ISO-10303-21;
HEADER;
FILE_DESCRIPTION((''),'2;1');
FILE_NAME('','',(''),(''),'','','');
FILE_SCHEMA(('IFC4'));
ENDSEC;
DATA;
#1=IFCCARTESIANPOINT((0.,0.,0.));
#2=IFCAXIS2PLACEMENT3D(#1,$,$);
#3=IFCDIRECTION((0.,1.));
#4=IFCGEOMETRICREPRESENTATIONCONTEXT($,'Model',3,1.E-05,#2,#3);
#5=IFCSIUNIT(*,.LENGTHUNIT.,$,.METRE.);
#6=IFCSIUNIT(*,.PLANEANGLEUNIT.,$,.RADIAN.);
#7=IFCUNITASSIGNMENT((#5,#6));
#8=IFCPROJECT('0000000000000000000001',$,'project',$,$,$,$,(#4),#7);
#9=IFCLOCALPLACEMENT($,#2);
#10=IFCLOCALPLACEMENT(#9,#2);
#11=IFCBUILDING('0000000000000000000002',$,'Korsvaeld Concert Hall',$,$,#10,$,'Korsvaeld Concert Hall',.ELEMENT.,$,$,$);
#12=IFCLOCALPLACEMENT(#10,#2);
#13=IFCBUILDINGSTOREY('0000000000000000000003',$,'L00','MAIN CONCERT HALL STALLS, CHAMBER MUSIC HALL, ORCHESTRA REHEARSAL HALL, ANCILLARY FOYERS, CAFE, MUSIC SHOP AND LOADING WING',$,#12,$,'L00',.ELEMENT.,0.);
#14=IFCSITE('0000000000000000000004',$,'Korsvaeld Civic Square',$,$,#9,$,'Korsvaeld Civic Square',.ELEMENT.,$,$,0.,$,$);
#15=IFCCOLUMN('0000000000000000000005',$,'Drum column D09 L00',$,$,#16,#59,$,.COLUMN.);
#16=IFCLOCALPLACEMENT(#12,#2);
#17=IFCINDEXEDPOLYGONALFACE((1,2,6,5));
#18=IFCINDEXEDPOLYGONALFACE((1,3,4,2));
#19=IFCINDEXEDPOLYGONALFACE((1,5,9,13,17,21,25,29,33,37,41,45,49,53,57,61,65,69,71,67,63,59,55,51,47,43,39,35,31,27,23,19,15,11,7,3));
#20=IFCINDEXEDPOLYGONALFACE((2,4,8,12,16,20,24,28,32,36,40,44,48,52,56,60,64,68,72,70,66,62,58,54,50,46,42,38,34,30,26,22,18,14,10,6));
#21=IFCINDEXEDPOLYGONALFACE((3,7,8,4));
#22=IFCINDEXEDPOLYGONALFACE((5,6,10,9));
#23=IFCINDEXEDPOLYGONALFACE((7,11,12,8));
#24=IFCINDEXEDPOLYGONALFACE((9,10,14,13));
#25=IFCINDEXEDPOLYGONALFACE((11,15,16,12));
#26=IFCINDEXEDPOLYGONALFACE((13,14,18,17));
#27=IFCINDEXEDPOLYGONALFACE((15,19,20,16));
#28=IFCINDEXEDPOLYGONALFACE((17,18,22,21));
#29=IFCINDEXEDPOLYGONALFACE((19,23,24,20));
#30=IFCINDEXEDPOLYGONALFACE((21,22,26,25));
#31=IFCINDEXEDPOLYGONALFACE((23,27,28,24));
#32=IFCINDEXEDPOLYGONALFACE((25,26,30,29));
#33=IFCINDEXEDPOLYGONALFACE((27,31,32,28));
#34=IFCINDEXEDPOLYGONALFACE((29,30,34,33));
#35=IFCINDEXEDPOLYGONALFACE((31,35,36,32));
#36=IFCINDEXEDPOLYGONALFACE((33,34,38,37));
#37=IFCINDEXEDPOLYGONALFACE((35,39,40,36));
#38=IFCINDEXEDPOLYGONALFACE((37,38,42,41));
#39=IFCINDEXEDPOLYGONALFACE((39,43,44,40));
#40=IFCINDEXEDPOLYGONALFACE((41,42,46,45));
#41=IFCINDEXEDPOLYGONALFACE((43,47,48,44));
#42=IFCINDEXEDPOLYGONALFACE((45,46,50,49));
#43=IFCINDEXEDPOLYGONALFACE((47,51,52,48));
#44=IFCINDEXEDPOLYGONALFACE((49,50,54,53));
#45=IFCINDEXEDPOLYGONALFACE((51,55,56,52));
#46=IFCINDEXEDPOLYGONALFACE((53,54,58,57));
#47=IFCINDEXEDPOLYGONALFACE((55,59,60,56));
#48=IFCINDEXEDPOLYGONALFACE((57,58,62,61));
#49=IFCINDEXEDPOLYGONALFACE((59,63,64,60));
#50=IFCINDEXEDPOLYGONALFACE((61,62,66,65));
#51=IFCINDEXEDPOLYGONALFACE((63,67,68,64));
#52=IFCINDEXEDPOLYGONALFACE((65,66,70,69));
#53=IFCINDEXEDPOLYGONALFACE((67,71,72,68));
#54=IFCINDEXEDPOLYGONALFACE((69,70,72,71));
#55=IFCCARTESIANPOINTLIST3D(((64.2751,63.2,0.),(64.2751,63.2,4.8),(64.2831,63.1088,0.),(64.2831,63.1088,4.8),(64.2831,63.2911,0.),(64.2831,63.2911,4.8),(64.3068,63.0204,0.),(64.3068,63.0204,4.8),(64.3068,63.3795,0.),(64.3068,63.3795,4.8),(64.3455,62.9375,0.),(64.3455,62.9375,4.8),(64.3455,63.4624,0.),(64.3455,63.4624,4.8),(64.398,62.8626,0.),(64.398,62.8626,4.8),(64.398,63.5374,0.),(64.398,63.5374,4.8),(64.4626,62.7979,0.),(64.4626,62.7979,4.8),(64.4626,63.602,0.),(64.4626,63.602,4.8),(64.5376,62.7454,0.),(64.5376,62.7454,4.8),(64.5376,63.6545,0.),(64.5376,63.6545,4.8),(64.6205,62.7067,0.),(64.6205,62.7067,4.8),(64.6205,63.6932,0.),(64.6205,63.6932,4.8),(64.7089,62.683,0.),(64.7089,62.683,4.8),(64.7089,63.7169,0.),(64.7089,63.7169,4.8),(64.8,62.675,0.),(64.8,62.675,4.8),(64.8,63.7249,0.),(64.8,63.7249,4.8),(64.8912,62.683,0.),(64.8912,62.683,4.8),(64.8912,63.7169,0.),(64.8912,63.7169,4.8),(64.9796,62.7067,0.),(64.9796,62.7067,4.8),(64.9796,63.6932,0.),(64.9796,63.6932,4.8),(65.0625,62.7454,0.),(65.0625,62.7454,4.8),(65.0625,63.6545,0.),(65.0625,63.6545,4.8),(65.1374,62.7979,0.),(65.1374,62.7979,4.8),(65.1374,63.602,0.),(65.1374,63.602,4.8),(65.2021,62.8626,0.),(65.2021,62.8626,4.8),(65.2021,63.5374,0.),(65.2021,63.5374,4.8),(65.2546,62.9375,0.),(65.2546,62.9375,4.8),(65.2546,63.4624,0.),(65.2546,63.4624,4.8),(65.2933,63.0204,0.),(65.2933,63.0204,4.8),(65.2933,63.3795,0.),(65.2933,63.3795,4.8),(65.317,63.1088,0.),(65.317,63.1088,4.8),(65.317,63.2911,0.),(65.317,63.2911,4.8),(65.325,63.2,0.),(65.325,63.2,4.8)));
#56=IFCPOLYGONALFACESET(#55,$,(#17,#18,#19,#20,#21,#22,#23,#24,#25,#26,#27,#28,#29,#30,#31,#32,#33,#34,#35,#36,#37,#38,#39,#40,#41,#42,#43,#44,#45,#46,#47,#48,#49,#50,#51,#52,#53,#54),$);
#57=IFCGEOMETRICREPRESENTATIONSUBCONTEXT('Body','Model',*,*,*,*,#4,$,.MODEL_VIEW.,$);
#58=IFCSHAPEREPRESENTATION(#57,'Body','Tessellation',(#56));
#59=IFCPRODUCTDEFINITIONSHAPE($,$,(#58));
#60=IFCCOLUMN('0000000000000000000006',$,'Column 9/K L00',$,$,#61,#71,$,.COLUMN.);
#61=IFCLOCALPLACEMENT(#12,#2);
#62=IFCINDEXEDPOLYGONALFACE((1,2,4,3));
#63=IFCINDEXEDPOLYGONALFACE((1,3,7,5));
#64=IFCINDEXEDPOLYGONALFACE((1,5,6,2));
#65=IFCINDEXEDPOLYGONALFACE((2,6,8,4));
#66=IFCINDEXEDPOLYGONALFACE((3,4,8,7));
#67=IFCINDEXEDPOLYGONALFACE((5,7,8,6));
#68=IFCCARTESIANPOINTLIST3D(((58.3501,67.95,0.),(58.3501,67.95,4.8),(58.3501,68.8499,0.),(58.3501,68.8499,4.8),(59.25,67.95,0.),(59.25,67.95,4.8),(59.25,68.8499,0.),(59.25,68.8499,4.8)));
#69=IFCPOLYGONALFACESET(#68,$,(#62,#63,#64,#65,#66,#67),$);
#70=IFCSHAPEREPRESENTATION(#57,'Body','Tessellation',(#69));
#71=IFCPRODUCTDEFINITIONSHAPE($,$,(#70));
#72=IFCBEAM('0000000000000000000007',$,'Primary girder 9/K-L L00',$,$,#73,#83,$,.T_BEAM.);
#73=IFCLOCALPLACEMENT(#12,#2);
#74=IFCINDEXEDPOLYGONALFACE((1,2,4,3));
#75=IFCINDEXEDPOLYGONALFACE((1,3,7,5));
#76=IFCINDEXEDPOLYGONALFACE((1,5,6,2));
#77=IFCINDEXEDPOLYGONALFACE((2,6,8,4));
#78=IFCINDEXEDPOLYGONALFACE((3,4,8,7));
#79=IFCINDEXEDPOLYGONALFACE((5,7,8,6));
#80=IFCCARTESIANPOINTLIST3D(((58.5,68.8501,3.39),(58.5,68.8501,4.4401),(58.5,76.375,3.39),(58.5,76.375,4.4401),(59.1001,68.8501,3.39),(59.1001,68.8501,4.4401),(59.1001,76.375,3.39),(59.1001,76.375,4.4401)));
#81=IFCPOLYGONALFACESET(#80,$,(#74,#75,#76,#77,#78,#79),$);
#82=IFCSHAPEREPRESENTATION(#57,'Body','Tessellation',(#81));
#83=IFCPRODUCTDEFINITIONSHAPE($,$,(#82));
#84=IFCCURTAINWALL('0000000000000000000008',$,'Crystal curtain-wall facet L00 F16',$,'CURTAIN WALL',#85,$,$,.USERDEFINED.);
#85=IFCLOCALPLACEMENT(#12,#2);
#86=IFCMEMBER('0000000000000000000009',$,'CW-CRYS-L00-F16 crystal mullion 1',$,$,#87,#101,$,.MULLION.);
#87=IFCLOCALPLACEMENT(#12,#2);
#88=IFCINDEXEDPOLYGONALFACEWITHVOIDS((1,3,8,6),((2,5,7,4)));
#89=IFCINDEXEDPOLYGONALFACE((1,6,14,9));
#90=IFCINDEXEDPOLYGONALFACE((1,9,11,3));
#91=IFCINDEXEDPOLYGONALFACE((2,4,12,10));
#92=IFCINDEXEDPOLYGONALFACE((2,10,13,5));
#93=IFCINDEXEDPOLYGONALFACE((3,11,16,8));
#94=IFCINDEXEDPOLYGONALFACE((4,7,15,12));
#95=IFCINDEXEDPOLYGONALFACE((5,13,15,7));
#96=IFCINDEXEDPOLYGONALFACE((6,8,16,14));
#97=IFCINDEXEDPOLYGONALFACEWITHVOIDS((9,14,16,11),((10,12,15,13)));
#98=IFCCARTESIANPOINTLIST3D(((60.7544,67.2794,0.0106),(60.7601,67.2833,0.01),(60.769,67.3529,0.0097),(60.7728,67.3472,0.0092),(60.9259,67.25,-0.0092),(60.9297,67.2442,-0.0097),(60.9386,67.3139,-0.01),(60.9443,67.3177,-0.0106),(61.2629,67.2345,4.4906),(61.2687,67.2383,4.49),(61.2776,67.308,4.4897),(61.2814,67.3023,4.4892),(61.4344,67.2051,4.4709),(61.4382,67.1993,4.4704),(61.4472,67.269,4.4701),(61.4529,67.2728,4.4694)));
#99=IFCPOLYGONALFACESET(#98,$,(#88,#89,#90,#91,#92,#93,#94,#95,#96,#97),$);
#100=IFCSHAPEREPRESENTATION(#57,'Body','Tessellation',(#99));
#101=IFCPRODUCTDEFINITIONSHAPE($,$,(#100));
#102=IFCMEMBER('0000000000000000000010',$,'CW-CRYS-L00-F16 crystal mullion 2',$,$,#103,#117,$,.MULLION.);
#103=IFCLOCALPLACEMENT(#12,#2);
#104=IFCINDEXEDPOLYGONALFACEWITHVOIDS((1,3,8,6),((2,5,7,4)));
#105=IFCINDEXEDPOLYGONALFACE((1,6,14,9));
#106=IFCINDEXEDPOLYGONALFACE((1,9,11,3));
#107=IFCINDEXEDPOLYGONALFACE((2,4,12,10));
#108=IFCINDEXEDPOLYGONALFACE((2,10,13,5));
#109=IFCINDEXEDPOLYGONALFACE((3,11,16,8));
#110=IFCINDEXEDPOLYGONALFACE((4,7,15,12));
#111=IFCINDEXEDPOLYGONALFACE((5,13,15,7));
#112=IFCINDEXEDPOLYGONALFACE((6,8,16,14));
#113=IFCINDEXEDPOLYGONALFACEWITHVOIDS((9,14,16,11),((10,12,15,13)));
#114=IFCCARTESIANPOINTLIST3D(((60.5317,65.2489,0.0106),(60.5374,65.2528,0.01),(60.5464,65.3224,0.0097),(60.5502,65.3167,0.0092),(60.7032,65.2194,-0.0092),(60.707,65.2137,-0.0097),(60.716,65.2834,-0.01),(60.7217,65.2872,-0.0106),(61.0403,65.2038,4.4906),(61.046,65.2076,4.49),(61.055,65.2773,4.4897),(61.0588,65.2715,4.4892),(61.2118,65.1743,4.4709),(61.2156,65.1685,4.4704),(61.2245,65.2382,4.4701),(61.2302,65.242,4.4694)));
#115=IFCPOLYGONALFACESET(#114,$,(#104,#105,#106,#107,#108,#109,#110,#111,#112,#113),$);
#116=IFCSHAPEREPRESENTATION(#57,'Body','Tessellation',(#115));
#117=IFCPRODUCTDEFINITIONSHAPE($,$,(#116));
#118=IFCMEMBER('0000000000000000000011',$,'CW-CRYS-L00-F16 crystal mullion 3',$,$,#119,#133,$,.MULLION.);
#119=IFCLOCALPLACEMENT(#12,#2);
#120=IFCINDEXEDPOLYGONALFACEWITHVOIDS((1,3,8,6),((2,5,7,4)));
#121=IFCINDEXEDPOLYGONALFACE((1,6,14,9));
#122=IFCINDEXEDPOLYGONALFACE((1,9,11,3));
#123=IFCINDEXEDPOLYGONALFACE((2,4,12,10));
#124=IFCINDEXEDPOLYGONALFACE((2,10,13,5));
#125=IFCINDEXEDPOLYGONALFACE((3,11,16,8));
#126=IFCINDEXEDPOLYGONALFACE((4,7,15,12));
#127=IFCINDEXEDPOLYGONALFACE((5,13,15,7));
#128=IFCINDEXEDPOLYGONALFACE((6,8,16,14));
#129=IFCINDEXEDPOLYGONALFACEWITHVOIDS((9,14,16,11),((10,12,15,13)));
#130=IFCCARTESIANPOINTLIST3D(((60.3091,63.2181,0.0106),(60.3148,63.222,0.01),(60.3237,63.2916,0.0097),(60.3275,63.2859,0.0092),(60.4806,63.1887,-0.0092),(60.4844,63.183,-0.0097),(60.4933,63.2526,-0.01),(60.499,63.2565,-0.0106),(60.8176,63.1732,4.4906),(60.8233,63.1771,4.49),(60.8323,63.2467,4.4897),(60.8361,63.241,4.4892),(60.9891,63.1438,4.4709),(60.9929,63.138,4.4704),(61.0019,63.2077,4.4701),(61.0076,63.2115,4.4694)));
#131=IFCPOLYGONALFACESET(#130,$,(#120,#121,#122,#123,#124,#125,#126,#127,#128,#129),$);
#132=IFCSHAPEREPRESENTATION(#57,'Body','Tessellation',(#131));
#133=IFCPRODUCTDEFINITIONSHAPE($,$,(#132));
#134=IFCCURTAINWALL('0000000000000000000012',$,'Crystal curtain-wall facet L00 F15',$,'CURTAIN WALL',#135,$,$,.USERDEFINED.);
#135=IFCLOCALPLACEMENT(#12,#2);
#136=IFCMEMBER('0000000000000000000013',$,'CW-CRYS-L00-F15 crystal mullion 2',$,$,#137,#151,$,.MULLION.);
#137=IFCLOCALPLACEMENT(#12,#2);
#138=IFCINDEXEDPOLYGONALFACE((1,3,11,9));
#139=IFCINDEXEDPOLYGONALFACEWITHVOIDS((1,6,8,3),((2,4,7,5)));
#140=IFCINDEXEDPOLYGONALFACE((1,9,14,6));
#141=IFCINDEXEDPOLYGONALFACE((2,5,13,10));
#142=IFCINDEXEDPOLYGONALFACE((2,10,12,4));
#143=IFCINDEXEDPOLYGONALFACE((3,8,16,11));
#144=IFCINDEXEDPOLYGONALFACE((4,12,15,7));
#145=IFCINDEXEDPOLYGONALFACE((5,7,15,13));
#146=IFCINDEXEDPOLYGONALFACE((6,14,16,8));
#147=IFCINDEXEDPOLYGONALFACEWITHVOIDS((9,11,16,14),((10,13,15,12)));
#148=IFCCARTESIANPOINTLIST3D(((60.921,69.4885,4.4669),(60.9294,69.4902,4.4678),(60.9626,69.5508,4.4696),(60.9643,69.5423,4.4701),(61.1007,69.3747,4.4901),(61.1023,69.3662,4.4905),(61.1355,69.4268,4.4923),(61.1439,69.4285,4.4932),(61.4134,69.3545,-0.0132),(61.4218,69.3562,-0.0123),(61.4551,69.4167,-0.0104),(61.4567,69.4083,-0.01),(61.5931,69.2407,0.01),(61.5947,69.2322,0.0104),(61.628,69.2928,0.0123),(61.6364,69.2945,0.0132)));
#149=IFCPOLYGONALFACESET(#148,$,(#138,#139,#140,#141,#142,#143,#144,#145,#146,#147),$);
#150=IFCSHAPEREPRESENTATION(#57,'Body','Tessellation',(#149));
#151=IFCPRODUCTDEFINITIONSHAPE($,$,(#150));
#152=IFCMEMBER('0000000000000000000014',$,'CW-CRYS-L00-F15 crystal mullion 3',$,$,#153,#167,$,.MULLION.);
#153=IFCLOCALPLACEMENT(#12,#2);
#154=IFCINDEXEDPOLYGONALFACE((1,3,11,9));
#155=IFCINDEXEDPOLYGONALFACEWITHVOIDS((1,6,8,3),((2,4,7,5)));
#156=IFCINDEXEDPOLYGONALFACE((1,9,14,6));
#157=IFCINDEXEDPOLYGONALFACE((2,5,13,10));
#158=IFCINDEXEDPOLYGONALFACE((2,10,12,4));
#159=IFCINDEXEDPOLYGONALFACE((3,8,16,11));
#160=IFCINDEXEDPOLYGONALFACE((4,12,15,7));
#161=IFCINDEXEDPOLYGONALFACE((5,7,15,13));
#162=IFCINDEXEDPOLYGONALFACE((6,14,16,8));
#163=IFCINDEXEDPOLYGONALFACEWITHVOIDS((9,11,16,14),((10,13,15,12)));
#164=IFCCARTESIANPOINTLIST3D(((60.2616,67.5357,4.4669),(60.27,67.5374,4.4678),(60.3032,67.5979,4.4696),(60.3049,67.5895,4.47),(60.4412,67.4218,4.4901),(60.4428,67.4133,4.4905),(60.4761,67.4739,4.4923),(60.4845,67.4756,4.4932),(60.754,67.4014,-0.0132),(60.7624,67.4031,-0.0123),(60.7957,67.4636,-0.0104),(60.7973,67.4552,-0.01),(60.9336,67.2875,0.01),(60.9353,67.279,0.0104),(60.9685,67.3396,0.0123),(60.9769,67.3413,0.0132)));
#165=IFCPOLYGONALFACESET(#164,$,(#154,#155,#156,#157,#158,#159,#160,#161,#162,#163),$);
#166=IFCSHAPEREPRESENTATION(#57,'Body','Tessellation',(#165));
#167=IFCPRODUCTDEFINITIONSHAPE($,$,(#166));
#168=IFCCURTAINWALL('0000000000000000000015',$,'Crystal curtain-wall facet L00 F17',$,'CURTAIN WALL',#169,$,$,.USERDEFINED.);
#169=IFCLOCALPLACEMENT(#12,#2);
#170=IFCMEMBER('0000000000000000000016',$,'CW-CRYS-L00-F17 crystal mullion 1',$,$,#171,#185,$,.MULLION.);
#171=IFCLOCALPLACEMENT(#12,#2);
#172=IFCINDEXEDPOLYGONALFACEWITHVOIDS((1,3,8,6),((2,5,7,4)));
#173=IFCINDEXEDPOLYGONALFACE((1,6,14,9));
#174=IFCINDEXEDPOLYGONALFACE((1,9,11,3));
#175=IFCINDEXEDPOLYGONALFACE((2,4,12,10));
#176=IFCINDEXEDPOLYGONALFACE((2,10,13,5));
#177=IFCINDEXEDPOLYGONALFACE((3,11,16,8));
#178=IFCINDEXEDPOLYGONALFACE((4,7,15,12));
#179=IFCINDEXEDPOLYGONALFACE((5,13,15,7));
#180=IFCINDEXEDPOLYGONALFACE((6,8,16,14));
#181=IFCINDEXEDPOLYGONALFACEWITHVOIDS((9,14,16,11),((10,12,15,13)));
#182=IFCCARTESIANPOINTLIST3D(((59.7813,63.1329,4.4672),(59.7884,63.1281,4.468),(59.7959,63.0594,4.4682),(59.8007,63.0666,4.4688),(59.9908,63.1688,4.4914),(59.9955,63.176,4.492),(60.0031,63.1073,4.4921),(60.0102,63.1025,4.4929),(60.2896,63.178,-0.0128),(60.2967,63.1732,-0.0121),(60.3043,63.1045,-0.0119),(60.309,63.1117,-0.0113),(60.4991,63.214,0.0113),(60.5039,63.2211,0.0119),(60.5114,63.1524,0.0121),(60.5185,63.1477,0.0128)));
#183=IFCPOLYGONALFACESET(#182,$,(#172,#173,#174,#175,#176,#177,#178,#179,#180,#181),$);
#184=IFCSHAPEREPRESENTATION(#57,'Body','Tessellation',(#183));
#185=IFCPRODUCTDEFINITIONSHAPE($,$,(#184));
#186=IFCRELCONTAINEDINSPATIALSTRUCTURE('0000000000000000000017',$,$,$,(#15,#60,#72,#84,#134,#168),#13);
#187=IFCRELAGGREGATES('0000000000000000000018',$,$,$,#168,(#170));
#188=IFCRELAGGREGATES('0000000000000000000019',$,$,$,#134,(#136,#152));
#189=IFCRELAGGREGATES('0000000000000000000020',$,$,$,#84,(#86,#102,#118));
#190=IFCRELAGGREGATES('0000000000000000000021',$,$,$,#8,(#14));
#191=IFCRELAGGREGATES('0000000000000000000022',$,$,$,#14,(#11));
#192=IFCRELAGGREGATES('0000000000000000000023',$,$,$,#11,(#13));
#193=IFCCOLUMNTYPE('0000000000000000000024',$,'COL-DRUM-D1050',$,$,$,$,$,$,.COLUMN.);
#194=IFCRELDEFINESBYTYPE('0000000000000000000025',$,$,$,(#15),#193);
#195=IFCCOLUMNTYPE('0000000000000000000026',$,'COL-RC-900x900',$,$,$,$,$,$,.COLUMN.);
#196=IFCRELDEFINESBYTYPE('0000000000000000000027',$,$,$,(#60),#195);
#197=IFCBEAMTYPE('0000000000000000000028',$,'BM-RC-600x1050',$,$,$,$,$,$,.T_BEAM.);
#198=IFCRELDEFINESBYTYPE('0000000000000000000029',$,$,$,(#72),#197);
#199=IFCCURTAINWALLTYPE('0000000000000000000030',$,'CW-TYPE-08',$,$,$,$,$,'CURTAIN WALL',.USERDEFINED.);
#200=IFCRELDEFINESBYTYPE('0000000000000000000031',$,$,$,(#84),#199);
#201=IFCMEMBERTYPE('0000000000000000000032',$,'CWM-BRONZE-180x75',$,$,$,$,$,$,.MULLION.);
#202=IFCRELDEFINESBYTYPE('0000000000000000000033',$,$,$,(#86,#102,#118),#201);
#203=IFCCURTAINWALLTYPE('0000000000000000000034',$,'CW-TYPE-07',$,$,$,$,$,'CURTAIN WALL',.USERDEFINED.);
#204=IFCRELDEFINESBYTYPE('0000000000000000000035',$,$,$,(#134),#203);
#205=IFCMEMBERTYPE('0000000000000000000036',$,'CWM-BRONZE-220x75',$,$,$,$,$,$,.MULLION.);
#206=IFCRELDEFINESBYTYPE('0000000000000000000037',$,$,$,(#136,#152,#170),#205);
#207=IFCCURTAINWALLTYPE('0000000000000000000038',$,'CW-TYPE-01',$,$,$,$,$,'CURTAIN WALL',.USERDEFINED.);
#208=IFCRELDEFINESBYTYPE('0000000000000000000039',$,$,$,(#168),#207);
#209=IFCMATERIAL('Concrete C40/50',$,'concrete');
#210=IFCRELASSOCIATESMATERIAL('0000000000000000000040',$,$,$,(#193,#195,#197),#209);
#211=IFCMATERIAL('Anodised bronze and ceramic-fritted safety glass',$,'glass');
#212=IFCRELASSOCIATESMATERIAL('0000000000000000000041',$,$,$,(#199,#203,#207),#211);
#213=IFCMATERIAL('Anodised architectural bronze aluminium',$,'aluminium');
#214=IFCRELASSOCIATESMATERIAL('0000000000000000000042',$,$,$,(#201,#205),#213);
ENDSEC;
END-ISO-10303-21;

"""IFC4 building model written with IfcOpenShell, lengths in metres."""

from ifc_helpers import new_model, si_unit, direction, frame, origin, origin_2d, place, context, subcontext, project, spatial, rectangle, hollow_rectangle, circle, extrude, material, material_profile, profile_set, type_object, element, aggregate, save


model = new_model("IFC4")

# Units and contexts
model_context = context("Model", 3, precision=1e-05, world=origin(), true_north=direction((0.0, 1.0)))
body_context = subcontext(model_context, "Body", "Model", "MODEL_VIEW")
ifc_project = project(units=[si_unit("LENGTHUNIT", "METRE"), si_unit("PLANEANGLEUNIT", "RADIAN")], contexts=[model_context])

# Site, building, storey
site_placement = place(None, origin())
site = spatial("IfcSite", under=ifc_project, at=site_placement, Name="Korsvaeld Civic Square", LongName="Korsvaeld Civic Square", CompositionType="ELEMENT", RefElevation=0.0)
building_placement = place(site_placement, origin())
building = spatial("IfcBuilding", under=site, at=building_placement, Name="Korsvaeld Concert Hall", LongName="Korsvaeld Concert Hall", CompositionType="ELEMENT")
storey_placement = place(building_placement, origin())
storey = spatial("IfcBuildingStorey", under=building, at=storey_placement, Name="L00", Description="MAIN CONCERT HALL STALLS, CHAMBER MUSIC HALL, ORCHESTRA REHEARSAL HALL, ANCILLARY FOYERS, CAFE, MUSIC SHOP AND LOADING WING", LongName="L00", CompositionType="ELEMENT", Elevation=0.0)

# Columns
ifc_material_1 = material(Name="Concrete C40/50", Category="concrete")
ifc_material_profile_1 = material_profile(ifc_material_1, circle(Radius=0.5249, at=origin_2d()), Name="RC D1050")
ifc_profile_set_1 = profile_set([ifc_material_profile_1], Name="Concrete C40/50")
column_type_1 = type_object("IfcColumnType", Name="COL-DRUM-D1050", PredefinedType="COLUMN", material=ifc_profile_set_1)
column_1_placement = place(storey_placement, frame((64.8, 63.2, 0.0), z_axis=(0.0, 0.0, 1.0), x_axis=(1.0, 0.0, 0.0)))
element("IfcColumn", 1, at=column_1_placement, inside=storey, type_object=column_type_1, Name="Drum column D09 L00", PredefinedType="COLUMN", context=body_context, shape_type="SweptSolid", body=[
    extrude(circle(Radius=0.5249, at=origin_2d()), origin(), (0.0, 0.0, 1.0), 4.8),
])
ifc_material_profile_2 = material_profile(ifc_material_1, rectangle(XDim=0.8999, YDim=0.8999, at=origin_2d()), Name="RC 900x900")
ifc_profile_set_2 = profile_set([ifc_material_profile_2], Name="Concrete C40/50")
column_type_2 = type_object("IfcColumnType", Name="COL-RC-900x900", PredefinedType="COLUMN", material=ifc_profile_set_2)
column_2_placement = place(storey_placement, frame((58.8, 68.3999, 0.0), z_axis=(0.0, 0.0, 1.0), x_axis=(1.0, 0.0, 0.0)))
element("IfcColumn", 2, at=column_2_placement, inside=storey, type_object=column_type_2, Name="Column 9/K L00", PredefinedType="COLUMN", context=body_context, shape_type="SweptSolid", body=[
    extrude(rectangle(XDim=0.8999, YDim=0.8999, at=origin_2d()), origin(), (0.0, 0.0, 1.0), 4.8),
])

# Beam
ifc_material_profile_3 = material_profile(ifc_material_1, rectangle(XDim=0.6001, YDim=1.05, at=origin_2d()), Name="RC 600x1050")
ifc_profile_set_3 = profile_set([ifc_material_profile_3], Name="Concrete C40/50")
beam_type = type_object("IfcBeamType", Name="BM-RC-600x1050", PredefinedType="T_BEAM", material=ifc_profile_set_3)
beam_placement = place(storey_placement, frame((58.8, 68.8501, 3.915), z_axis=(0.0, 1.0, 0.0), x_axis=(-1.0, 0.0, 0.0)))
element("IfcBeam", 3, at=beam_placement, inside=storey, type_object=beam_type, Name="Primary girder 9/K-L L00", PredefinedType="T_BEAM", context=body_context, shape_type="SweptSolid", body=[
    extrude(rectangle(XDim=0.6001, YDim=1.05, at=origin_2d()), origin(), (0.0, 0.0, 1.0), 7.5249),
])

# Curtain walls, members
ifc_material_2 = material(Name="Anodised bronze and ceramic-fritted safety glass", Category="glass")
curtain_wall_type_1 = type_object("IfcCurtainWallType", Name="CW-TYPE-08", ElementType="CURTAIN WALL", PredefinedType="USERDEFINED", material=ifc_material_2)
curtain_wall_1_placement = place(storey_placement, origin())
curtain_wall_1 = element("IfcCurtainWall", 4, at=curtain_wall_1_placement, inside=storey, type_object=curtain_wall_type_1, Name="Crystal curtain-wall facet L00 F16", ObjectType="CURTAIN WALL", PredefinedType="USERDEFINED")
ifc_material_3 = material(Name="Anodised architectural bronze aluminium", Category="aluminium")
ifc_material_profile_4 = material_profile(ifc_material_3, hollow_rectangle(XDim=0.075, YDim=0.1799, WallThickness=0.0049, at=origin_2d()), Name="CWM 180x75x5")
ifc_profile_set_4 = profile_set([ifc_material_profile_4], Name="Anodised architectural bronze aluminium")
member_type_1 = type_object("IfcMemberType", Name="CWM-BRONZE-180x75", PredefinedType="MULLION", material=ifc_profile_set_4)
member_1_placement = place(storey_placement, frame((60.8494, 67.2986, 0.0), z_axis=(0.112785, -0.009963, 0.993569), x_axis=(0.195343, 0.980657, -0.012341)))
member_1 = element("IfcMember", 5, at=member_1_placement, type_object=member_type_1, Name="CW-CRYS-L00-F16 crystal mullion 1", PredefinedType="MULLION", context=body_context, shape_type="SweptSolid", body=[
    extrude(hollow_rectangle(XDim=0.075, YDim=0.1799, WallThickness=0.0049, at=origin_2d()), origin(), (0.0, 0.0, 1.0), 4.509),
])
member_2_placement = place(storey_placement, frame((60.6267, 65.2681, 0.0), z_axis=(0.112785, -0.010017, 0.993569), x_axis=(0.19581, 0.980564, -0.012342)))
member_2 = element("IfcMember", 6, at=member_2_placement, type_object=member_type_1, Name="CW-CRYS-L00-F16 crystal mullion 2", PredefinedType="MULLION", context=body_context, shape_type="SweptSolid", body=[
    extrude(hollow_rectangle(XDim=0.075, YDim=0.1799, WallThickness=0.0049, at=origin_2d()), origin(), (0.0, 0.0, 1.0), 4.509),
])
member_3_placement = place(storey_placement, frame((60.4041, 63.2373, 0.0), z_axis=(0.112785, -0.009963, 0.993569), x_axis=(0.195343, 0.980657, -0.012341)))
member_3 = element("IfcMember", 7, at=member_3_placement, type_object=member_type_1, Name="CW-CRYS-L00-F16 crystal mullion 3", PredefinedType="MULLION", context=body_context, shape_type="SweptSolid", body=[
    extrude(hollow_rectangle(XDim=0.075, YDim=0.1799, WallThickness=0.0049, at=origin_2d()), origin(), (0.0, 0.0, 1.0), 4.509),
])
curtain_wall_type_2 = type_object("IfcCurtainWallType", Name="CW-TYPE-07", ElementType="CURTAIN WALL", PredefinedType="USERDEFINED", material=ifc_material_2)
curtain_wall_2_placement = place(storey_placement, origin())
curtain_wall_2 = element("IfcCurtainWall", 8, at=curtain_wall_2_placement, inside=storey, type_object=curtain_wall_type_2, Name="Crystal curtain-wall facet L00 F15", ObjectType="CURTAIN WALL", PredefinedType="USERDEFINED")
ifc_material_profile_5 = material_profile(ifc_material_3, hollow_rectangle(XDim=0.075, YDim=0.22, WallThickness=0.0061, at=origin_2d()), Name="CWM 220x75x6")
ifc_profile_set_5 = profile_set([ifc_material_profile_5], Name="Anodised architectural bronze aluminium")
member_type_2 = type_object("IfcMemberType", Name="CWM-BRONZE-220x75", PredefinedType="MULLION", material=ifc_profile_set_5)
member_4_placement = place(storey_placement, frame((61.5249, 69.3245, 0.0), z_axis=(-0.109212, 0.029726, 0.993574), x_axis=(-0.555535, -0.830704, -0.03621)))
member_4 = element("IfcMember", 9, at=member_4_placement, type_object=member_type_2, Name="CW-CRYS-L00-F15 crystal mullion 2", PredefinedType="MULLION", context=body_context, shape_type="SweptSolid", body=[
    extrude(hollow_rectangle(XDim=0.075, YDim=0.22, WallThickness=0.0061, at=origin_2d()), origin(), (0.0, 0.0, 1.0), 4.509),
])
member_5_placement = place(storey_placement, frame((60.8655, 67.3713, 0.0), z_axis=(-0.109212, 0.02978, 0.993572), x_axis=(-0.555918, -0.830448, -0.036215)))
member_5 = element("IfcMember", 10, at=member_5_placement, type_object=member_type_2, Name="CW-CRYS-L00-F15 crystal mullion 3", PredefinedType="MULLION", context=body_context, shape_type="SweptSolid", body=[
    extrude(hollow_rectangle(XDim=0.075, YDim=0.22, WallThickness=0.0061, at=origin_2d()), origin(), (0.0, 0.0, 1.0), 4.509),
])

# Curtain wall, member
curtain_wall_type_3 = type_object("IfcCurtainWallType", Name="CW-TYPE-01", ElementType="CURTAIN WALL", PredefinedType="USERDEFINED", material=ifc_material_2)
curtain_wall_3_placement = place(storey_placement, origin())
curtain_wall_3 = element("IfcCurtainWall", 11, at=curtain_wall_3_placement, inside=storey, type_object=curtain_wall_type_3, Name="Crystal curtain-wall facet L00 F17", ObjectType="CURTAIN WALL", PredefinedType="USERDEFINED")
member_6_placement = place(storey_placement, frame((60.4041, 63.1628, 0.0), z_axis=(-0.112732, -0.010017, 0.993575), x_axis=(0.195852, -0.980556, 0.012336)))
member_6 = element("IfcMember", 12, at=member_6_placement, type_object=member_type_2, Name="CW-CRYS-L00-F17 crystal mullion 1", PredefinedType="MULLION", context=body_context, shape_type="SweptSolid", body=[
    extrude(hollow_rectangle(XDim=0.075, YDim=0.22, WallThickness=0.0061, at=origin_2d()), origin(), (0.0, 0.0, 1.0), 4.509),
])

aggregate(curtain_wall_3, [member_6])

aggregate(curtain_wall_2, [member_4, member_5])
aggregate(curtain_wall_1, [member_1, member_2, member_3])

save(model, "model.ifc")
